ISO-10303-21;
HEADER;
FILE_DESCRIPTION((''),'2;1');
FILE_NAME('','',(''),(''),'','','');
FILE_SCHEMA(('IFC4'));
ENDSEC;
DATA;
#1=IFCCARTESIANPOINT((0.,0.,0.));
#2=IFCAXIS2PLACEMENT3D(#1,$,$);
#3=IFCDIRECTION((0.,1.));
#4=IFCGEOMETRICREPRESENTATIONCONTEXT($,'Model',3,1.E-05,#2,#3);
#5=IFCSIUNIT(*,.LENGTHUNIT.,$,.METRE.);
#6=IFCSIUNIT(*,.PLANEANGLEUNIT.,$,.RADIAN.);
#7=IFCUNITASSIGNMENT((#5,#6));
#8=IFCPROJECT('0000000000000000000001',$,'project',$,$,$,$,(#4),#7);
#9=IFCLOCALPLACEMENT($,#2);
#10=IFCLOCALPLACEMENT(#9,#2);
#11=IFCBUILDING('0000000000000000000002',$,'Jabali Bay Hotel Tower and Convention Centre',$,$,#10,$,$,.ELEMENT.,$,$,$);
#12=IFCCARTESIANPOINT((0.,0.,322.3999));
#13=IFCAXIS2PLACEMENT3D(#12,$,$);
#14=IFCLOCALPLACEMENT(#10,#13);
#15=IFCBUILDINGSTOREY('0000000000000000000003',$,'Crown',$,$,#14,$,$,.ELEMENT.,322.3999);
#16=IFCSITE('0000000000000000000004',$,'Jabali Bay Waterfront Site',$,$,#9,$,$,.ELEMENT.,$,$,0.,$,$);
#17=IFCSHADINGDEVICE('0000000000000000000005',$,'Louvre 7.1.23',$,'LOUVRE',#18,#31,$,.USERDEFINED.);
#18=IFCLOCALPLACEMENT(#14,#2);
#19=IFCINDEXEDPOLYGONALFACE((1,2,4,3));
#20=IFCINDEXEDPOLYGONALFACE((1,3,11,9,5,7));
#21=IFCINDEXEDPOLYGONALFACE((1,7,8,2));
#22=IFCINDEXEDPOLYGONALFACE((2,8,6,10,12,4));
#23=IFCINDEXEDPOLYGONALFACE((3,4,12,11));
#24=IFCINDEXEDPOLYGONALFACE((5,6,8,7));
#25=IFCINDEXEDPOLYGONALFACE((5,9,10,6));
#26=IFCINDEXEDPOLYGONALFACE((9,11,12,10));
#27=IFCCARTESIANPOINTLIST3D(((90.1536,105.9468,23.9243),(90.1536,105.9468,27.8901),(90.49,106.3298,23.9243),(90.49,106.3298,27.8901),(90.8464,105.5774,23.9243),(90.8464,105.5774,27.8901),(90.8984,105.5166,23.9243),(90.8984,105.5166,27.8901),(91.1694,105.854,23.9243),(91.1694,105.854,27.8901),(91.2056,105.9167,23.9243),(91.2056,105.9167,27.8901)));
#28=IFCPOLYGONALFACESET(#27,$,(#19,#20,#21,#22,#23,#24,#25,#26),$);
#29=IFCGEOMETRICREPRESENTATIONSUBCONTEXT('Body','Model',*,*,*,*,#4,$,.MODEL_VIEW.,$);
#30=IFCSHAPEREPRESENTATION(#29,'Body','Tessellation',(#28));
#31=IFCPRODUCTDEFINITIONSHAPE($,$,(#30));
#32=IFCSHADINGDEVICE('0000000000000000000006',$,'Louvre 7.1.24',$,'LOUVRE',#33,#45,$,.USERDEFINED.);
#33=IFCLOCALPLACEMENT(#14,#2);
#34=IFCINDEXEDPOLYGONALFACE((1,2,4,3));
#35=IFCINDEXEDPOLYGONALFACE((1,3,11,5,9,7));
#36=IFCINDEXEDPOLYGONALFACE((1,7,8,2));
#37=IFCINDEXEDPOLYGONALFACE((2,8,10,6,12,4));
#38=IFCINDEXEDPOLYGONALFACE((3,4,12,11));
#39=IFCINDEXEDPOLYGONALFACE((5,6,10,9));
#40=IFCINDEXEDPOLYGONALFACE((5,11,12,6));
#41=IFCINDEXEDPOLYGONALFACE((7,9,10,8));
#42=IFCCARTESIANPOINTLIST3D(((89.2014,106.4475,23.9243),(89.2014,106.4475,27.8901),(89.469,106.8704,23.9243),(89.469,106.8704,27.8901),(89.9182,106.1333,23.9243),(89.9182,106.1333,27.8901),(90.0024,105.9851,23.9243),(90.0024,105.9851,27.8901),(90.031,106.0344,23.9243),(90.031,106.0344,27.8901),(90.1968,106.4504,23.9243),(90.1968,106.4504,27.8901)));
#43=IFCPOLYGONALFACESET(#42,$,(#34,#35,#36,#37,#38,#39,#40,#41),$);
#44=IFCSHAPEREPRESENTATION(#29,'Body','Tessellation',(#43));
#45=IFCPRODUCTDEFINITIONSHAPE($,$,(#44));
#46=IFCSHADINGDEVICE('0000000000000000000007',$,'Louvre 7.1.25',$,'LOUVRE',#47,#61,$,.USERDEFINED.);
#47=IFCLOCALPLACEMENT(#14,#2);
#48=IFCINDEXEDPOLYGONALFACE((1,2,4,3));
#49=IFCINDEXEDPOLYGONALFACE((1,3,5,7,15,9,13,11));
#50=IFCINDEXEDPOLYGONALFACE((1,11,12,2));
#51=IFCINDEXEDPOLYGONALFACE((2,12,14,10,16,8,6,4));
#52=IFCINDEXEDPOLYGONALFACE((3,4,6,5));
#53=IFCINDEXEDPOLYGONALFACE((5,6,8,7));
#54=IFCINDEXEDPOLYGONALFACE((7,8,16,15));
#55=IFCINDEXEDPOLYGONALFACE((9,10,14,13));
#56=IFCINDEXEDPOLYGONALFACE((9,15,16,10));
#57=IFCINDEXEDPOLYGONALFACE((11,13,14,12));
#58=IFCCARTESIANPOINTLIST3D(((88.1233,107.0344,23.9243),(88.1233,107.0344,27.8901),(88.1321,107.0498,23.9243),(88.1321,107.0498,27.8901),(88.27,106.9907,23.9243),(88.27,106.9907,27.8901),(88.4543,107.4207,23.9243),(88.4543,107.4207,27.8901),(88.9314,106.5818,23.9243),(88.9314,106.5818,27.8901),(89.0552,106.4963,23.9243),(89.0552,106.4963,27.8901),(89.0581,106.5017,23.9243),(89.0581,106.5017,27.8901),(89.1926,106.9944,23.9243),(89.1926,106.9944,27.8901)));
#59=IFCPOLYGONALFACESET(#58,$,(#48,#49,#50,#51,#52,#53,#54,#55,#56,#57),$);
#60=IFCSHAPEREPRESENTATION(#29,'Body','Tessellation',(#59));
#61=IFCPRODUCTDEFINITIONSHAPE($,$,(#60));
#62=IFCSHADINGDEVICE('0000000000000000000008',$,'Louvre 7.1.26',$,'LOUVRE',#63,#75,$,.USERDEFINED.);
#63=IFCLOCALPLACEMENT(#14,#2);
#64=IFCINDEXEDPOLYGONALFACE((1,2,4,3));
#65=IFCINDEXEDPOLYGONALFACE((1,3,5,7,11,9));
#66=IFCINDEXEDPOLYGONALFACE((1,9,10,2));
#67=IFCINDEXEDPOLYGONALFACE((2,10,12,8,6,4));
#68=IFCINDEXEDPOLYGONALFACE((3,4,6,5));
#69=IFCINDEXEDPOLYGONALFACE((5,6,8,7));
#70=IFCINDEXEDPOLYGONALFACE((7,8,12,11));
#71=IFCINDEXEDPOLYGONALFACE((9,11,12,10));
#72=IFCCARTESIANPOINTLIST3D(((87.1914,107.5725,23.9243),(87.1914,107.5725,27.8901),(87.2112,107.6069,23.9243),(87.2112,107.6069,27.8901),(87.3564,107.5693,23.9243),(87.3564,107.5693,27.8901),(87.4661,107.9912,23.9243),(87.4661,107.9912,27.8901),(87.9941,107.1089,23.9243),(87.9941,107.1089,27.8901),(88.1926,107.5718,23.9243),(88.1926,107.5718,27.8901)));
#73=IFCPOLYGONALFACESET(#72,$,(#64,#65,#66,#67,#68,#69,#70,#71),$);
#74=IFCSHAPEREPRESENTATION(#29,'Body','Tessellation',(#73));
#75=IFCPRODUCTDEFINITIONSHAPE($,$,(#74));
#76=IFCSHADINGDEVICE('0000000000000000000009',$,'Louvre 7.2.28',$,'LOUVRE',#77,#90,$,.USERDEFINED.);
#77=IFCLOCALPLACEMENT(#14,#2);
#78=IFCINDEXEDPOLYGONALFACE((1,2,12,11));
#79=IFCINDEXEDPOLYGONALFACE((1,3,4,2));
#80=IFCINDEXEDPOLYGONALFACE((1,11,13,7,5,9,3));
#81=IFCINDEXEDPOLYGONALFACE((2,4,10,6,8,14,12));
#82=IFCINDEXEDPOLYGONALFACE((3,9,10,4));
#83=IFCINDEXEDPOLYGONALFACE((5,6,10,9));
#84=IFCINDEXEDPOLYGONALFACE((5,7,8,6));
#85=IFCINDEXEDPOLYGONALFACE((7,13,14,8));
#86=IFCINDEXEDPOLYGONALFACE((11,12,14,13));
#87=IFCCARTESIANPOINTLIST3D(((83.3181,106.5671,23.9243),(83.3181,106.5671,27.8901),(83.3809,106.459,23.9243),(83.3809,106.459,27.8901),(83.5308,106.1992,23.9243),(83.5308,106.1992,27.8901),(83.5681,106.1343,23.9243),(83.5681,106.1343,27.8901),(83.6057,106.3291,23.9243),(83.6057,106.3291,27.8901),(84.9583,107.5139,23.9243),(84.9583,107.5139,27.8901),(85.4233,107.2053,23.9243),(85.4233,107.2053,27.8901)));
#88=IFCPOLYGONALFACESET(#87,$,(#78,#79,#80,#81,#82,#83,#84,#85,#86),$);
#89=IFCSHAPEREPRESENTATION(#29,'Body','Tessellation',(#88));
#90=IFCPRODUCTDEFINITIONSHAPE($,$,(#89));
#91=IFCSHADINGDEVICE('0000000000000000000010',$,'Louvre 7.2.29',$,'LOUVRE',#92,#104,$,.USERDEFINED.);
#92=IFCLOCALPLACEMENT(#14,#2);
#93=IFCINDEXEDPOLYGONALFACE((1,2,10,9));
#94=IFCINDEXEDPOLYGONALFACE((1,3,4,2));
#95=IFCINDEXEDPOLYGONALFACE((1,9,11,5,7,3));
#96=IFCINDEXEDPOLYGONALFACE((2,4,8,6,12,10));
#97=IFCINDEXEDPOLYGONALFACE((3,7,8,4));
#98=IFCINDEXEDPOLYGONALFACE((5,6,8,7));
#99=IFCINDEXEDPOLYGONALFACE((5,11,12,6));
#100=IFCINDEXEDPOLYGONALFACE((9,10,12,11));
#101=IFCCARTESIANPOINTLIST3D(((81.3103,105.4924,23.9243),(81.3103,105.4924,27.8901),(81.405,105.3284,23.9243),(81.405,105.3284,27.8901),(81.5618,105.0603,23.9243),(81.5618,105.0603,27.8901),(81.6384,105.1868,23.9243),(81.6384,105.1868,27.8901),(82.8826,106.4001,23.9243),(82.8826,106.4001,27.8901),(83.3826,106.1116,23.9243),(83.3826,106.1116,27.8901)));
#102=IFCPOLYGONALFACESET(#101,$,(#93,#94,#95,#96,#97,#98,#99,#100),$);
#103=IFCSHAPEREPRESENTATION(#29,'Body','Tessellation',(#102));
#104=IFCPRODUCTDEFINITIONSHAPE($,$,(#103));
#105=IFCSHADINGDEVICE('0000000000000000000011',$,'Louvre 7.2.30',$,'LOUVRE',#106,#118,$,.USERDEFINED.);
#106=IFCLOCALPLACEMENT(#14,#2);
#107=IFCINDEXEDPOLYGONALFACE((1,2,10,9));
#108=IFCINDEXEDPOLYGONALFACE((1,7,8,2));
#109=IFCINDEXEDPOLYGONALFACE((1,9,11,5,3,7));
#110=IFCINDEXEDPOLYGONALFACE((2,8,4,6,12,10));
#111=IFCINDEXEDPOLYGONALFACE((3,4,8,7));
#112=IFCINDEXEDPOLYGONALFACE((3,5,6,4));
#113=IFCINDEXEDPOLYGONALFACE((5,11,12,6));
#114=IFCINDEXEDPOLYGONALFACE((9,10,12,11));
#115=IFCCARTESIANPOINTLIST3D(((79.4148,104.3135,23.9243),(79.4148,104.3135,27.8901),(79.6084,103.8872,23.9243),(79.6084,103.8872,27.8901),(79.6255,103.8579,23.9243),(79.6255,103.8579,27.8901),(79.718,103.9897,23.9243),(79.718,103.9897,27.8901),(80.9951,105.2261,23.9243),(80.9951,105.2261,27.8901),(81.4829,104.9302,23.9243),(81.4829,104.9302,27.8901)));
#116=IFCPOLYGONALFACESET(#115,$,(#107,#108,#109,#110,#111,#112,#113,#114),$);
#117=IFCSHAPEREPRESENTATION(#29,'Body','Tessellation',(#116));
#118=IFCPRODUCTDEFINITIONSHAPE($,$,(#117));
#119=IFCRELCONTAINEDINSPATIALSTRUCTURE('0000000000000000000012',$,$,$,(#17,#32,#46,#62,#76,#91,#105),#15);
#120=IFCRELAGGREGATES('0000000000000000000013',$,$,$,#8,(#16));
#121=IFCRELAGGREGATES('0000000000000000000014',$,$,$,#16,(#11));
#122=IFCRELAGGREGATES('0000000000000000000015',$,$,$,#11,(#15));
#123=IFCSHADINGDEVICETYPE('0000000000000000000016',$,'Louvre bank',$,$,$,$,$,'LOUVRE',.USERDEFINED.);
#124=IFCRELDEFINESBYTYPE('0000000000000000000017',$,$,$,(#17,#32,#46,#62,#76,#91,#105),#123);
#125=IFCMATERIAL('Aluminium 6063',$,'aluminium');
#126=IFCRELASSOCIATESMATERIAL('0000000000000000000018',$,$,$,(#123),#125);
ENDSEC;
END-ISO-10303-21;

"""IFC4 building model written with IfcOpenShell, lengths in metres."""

from ifc_helpers import new_model, si_unit, direction, frame, origin, place, context, subcontext, project, spatial, polyline, outline, extrude, material, type_object, element, save


model = new_model("IFC4")

# Units and contexts
model_context = context("Model", 3, precision=1e-05, world=origin(), true_north=direction((0.0, 1.0)))
body_context = subcontext(model_context, "Body", "Model", "MODEL_VIEW")
ifc_project = project(units=[si_unit("LENGTHUNIT", "METRE"), si_unit("PLANEANGLEUNIT", "RADIAN")], contexts=[model_context])

# Site, building, storey
site_placement = place(None, origin())
site = spatial("IfcSite", under=ifc_project, at=site_placement, Name="Jabali Bay Waterfront Site", CompositionType="ELEMENT", RefElevation=0.0)
building_placement = place(site_placement, origin())
building = spatial("IfcBuilding", under=site, at=building_placement, Name="Jabali Bay Hotel Tower and Convention Centre", CompositionType="ELEMENT")
storey_placement = place(building_placement, frame((0.0, 0.0, 322.3999)))
storey = spatial("IfcBuildingStorey", under=building, at=storey_placement, Name="Crown", CompositionType="ELEMENT", Elevation=322.3999)

# Shading devices
ifc_material = material(Name="Aluminium 6063", Category="aluminium")
shading_device_type = type_object("IfcShadingDeviceType", Name="Louvre bank", ElementType="LOUVRE", PredefinedType="USERDEFINED", material=ifc_material)
shading_device_1_placement = place(storey_placement, frame((0.0, 0.0, 23.9243)))
element("IfcShadingDevice", 1, at=shading_device_1_placement, inside=storey, type_object=shading_device_type, Name="Louvre 7.1.23", ObjectType="LOUVRE", PredefinedType="USERDEFINED", context=body_context, shape_type="SweptSolid", body=[
    extrude(outline(polyline([(90.1536, 105.9468), (90.8984, 105.5166), (90.8464, 105.5774), (91.1694, 105.854), (91.2056, 105.9167), (90.49, 106.3298), (90.1536, 105.9468)])), origin(), (0.0, 0.0, 1.0), 3.9658),
])
shading_device_2_placement = place(storey_placement, frame((0.0, 0.0, 23.9243)))
element("IfcShadingDevice", 2, at=shading_device_2_placement, inside=storey, type_object=shading_device_type, Name="Louvre 7.1.24", ObjectType="LOUVRE", PredefinedType="USERDEFINED", context=body_context, shape_type="SweptSolid", body=[
    extrude(outline(polyline([(89.2014, 106.4475), (90.0024, 105.9851), (90.031, 106.0344), (89.9182, 106.1333), (90.1968, 106.4504), (89.469, 106.8704), (89.2014, 106.4475)])), origin(), (0.0, 0.0, 1.0), 3.9658),
])
shading_device_3_placement = place(storey_placement, frame((0.0, 0.0, 23.9243)))
element("IfcShadingDevice", 3, at=shading_device_3_placement, inside=storey, type_object=shading_device_type, Name="Louvre 7.1.25", ObjectType="LOUVRE", PredefinedType="USERDEFINED", context=body_context, shape_type="SweptSolid", body=[
    extrude(outline(polyline([(88.1233, 107.0344), (89.0552, 106.4963), (89.0581, 106.5017), (88.9314, 106.5818), (89.1926, 106.9944), (88.4543, 107.4207), (88.27, 106.9907), (88.1321, 107.0498), (88.1233, 107.0344)])), origin(), (0.0, 0.0, 1.0), 3.9658),
])
shading_device_4_placement = place(storey_placement, frame((0.0, 0.0, 23.9243)))
element("IfcShadingDevice", 4, at=shading_device_4_placement, inside=storey, type_object=shading_device_type, Name="Louvre 7.1.26", ObjectType="LOUVRE", PredefinedType="USERDEFINED", context=body_context, shape_type="SweptSolid", body=[
    extrude(outline(polyline([(87.1914, 107.5725), (87.9941, 107.1089), (88.1926, 107.5718), (87.4661, 107.9912), (87.3564, 107.5693), (87.2112, 107.6069), (87.1914, 107.5725)])), origin(), (0.0, 0.0, 1.0), 3.9658),
])
shading_device_5_placement = place(storey_placement, frame((0.0, 0.0, 23.9243)))
element("IfcShadingDevice", 5, at=shading_device_5_placement, inside=storey, type_object=shading_device_type, Name="Louvre 7.2.28", ObjectType="LOUVRE", PredefinedType="USERDEFINED", context=body_context, shape_type="SweptSolid", body=[
    extrude(outline(polyline([(83.5681, 106.1343), (85.4233, 107.2053), (84.9583, 107.5139), (83.3181, 106.5671), (83.3809, 106.459), (83.6057, 106.3291), (83.5308, 106.1992), (83.5681, 106.1343)])), origin(), (0.0, 0.0, 1.0), 3.9658),
])
shading_device_6_placement = place(storey_placement, frame((0.0, 0.0, 23.9243)))
element("IfcShadingDevice", 6, at=shading_device_6_placement, inside=storey, type_object=shading_device_type, Name="Louvre 7.2.29", ObjectType="LOUVRE", PredefinedType="USERDEFINED", context=body_context, shape_type="SweptSolid", body=[
    extrude(outline(polyline([(81.5618, 105.0603), (83.3826, 106.1116), (82.8826, 106.4001), (81.3103, 105.4924), (81.405, 105.3284), (81.6384, 105.1868), (81.5618, 105.0603)])), origin(), (0.0, 0.0, 1.0), 3.9658),
])
shading_device_7_placement = place(storey_placement, frame((0.0, 0.0, 23.9243)))
element("IfcShadingDevice", 7, at=shading_device_7_placement, inside=storey, type_object=shading_device_type, Name="Louvre 7.2.30", ObjectType="LOUVRE", PredefinedType="USERDEFINED", context=body_context, shape_type="SweptSolid", body=[
    extrude(outline(polyline([(79.6255, 103.8579), (81.4829, 104.9302), (80.9951, 105.2261), (79.4148, 104.3135), (79.718, 103.9897), (79.6084, 103.8872), (79.6255, 103.8579)])), origin(), (0.0, 0.0, 1.0), 3.9658),
])

save(model, "model.ifc")
